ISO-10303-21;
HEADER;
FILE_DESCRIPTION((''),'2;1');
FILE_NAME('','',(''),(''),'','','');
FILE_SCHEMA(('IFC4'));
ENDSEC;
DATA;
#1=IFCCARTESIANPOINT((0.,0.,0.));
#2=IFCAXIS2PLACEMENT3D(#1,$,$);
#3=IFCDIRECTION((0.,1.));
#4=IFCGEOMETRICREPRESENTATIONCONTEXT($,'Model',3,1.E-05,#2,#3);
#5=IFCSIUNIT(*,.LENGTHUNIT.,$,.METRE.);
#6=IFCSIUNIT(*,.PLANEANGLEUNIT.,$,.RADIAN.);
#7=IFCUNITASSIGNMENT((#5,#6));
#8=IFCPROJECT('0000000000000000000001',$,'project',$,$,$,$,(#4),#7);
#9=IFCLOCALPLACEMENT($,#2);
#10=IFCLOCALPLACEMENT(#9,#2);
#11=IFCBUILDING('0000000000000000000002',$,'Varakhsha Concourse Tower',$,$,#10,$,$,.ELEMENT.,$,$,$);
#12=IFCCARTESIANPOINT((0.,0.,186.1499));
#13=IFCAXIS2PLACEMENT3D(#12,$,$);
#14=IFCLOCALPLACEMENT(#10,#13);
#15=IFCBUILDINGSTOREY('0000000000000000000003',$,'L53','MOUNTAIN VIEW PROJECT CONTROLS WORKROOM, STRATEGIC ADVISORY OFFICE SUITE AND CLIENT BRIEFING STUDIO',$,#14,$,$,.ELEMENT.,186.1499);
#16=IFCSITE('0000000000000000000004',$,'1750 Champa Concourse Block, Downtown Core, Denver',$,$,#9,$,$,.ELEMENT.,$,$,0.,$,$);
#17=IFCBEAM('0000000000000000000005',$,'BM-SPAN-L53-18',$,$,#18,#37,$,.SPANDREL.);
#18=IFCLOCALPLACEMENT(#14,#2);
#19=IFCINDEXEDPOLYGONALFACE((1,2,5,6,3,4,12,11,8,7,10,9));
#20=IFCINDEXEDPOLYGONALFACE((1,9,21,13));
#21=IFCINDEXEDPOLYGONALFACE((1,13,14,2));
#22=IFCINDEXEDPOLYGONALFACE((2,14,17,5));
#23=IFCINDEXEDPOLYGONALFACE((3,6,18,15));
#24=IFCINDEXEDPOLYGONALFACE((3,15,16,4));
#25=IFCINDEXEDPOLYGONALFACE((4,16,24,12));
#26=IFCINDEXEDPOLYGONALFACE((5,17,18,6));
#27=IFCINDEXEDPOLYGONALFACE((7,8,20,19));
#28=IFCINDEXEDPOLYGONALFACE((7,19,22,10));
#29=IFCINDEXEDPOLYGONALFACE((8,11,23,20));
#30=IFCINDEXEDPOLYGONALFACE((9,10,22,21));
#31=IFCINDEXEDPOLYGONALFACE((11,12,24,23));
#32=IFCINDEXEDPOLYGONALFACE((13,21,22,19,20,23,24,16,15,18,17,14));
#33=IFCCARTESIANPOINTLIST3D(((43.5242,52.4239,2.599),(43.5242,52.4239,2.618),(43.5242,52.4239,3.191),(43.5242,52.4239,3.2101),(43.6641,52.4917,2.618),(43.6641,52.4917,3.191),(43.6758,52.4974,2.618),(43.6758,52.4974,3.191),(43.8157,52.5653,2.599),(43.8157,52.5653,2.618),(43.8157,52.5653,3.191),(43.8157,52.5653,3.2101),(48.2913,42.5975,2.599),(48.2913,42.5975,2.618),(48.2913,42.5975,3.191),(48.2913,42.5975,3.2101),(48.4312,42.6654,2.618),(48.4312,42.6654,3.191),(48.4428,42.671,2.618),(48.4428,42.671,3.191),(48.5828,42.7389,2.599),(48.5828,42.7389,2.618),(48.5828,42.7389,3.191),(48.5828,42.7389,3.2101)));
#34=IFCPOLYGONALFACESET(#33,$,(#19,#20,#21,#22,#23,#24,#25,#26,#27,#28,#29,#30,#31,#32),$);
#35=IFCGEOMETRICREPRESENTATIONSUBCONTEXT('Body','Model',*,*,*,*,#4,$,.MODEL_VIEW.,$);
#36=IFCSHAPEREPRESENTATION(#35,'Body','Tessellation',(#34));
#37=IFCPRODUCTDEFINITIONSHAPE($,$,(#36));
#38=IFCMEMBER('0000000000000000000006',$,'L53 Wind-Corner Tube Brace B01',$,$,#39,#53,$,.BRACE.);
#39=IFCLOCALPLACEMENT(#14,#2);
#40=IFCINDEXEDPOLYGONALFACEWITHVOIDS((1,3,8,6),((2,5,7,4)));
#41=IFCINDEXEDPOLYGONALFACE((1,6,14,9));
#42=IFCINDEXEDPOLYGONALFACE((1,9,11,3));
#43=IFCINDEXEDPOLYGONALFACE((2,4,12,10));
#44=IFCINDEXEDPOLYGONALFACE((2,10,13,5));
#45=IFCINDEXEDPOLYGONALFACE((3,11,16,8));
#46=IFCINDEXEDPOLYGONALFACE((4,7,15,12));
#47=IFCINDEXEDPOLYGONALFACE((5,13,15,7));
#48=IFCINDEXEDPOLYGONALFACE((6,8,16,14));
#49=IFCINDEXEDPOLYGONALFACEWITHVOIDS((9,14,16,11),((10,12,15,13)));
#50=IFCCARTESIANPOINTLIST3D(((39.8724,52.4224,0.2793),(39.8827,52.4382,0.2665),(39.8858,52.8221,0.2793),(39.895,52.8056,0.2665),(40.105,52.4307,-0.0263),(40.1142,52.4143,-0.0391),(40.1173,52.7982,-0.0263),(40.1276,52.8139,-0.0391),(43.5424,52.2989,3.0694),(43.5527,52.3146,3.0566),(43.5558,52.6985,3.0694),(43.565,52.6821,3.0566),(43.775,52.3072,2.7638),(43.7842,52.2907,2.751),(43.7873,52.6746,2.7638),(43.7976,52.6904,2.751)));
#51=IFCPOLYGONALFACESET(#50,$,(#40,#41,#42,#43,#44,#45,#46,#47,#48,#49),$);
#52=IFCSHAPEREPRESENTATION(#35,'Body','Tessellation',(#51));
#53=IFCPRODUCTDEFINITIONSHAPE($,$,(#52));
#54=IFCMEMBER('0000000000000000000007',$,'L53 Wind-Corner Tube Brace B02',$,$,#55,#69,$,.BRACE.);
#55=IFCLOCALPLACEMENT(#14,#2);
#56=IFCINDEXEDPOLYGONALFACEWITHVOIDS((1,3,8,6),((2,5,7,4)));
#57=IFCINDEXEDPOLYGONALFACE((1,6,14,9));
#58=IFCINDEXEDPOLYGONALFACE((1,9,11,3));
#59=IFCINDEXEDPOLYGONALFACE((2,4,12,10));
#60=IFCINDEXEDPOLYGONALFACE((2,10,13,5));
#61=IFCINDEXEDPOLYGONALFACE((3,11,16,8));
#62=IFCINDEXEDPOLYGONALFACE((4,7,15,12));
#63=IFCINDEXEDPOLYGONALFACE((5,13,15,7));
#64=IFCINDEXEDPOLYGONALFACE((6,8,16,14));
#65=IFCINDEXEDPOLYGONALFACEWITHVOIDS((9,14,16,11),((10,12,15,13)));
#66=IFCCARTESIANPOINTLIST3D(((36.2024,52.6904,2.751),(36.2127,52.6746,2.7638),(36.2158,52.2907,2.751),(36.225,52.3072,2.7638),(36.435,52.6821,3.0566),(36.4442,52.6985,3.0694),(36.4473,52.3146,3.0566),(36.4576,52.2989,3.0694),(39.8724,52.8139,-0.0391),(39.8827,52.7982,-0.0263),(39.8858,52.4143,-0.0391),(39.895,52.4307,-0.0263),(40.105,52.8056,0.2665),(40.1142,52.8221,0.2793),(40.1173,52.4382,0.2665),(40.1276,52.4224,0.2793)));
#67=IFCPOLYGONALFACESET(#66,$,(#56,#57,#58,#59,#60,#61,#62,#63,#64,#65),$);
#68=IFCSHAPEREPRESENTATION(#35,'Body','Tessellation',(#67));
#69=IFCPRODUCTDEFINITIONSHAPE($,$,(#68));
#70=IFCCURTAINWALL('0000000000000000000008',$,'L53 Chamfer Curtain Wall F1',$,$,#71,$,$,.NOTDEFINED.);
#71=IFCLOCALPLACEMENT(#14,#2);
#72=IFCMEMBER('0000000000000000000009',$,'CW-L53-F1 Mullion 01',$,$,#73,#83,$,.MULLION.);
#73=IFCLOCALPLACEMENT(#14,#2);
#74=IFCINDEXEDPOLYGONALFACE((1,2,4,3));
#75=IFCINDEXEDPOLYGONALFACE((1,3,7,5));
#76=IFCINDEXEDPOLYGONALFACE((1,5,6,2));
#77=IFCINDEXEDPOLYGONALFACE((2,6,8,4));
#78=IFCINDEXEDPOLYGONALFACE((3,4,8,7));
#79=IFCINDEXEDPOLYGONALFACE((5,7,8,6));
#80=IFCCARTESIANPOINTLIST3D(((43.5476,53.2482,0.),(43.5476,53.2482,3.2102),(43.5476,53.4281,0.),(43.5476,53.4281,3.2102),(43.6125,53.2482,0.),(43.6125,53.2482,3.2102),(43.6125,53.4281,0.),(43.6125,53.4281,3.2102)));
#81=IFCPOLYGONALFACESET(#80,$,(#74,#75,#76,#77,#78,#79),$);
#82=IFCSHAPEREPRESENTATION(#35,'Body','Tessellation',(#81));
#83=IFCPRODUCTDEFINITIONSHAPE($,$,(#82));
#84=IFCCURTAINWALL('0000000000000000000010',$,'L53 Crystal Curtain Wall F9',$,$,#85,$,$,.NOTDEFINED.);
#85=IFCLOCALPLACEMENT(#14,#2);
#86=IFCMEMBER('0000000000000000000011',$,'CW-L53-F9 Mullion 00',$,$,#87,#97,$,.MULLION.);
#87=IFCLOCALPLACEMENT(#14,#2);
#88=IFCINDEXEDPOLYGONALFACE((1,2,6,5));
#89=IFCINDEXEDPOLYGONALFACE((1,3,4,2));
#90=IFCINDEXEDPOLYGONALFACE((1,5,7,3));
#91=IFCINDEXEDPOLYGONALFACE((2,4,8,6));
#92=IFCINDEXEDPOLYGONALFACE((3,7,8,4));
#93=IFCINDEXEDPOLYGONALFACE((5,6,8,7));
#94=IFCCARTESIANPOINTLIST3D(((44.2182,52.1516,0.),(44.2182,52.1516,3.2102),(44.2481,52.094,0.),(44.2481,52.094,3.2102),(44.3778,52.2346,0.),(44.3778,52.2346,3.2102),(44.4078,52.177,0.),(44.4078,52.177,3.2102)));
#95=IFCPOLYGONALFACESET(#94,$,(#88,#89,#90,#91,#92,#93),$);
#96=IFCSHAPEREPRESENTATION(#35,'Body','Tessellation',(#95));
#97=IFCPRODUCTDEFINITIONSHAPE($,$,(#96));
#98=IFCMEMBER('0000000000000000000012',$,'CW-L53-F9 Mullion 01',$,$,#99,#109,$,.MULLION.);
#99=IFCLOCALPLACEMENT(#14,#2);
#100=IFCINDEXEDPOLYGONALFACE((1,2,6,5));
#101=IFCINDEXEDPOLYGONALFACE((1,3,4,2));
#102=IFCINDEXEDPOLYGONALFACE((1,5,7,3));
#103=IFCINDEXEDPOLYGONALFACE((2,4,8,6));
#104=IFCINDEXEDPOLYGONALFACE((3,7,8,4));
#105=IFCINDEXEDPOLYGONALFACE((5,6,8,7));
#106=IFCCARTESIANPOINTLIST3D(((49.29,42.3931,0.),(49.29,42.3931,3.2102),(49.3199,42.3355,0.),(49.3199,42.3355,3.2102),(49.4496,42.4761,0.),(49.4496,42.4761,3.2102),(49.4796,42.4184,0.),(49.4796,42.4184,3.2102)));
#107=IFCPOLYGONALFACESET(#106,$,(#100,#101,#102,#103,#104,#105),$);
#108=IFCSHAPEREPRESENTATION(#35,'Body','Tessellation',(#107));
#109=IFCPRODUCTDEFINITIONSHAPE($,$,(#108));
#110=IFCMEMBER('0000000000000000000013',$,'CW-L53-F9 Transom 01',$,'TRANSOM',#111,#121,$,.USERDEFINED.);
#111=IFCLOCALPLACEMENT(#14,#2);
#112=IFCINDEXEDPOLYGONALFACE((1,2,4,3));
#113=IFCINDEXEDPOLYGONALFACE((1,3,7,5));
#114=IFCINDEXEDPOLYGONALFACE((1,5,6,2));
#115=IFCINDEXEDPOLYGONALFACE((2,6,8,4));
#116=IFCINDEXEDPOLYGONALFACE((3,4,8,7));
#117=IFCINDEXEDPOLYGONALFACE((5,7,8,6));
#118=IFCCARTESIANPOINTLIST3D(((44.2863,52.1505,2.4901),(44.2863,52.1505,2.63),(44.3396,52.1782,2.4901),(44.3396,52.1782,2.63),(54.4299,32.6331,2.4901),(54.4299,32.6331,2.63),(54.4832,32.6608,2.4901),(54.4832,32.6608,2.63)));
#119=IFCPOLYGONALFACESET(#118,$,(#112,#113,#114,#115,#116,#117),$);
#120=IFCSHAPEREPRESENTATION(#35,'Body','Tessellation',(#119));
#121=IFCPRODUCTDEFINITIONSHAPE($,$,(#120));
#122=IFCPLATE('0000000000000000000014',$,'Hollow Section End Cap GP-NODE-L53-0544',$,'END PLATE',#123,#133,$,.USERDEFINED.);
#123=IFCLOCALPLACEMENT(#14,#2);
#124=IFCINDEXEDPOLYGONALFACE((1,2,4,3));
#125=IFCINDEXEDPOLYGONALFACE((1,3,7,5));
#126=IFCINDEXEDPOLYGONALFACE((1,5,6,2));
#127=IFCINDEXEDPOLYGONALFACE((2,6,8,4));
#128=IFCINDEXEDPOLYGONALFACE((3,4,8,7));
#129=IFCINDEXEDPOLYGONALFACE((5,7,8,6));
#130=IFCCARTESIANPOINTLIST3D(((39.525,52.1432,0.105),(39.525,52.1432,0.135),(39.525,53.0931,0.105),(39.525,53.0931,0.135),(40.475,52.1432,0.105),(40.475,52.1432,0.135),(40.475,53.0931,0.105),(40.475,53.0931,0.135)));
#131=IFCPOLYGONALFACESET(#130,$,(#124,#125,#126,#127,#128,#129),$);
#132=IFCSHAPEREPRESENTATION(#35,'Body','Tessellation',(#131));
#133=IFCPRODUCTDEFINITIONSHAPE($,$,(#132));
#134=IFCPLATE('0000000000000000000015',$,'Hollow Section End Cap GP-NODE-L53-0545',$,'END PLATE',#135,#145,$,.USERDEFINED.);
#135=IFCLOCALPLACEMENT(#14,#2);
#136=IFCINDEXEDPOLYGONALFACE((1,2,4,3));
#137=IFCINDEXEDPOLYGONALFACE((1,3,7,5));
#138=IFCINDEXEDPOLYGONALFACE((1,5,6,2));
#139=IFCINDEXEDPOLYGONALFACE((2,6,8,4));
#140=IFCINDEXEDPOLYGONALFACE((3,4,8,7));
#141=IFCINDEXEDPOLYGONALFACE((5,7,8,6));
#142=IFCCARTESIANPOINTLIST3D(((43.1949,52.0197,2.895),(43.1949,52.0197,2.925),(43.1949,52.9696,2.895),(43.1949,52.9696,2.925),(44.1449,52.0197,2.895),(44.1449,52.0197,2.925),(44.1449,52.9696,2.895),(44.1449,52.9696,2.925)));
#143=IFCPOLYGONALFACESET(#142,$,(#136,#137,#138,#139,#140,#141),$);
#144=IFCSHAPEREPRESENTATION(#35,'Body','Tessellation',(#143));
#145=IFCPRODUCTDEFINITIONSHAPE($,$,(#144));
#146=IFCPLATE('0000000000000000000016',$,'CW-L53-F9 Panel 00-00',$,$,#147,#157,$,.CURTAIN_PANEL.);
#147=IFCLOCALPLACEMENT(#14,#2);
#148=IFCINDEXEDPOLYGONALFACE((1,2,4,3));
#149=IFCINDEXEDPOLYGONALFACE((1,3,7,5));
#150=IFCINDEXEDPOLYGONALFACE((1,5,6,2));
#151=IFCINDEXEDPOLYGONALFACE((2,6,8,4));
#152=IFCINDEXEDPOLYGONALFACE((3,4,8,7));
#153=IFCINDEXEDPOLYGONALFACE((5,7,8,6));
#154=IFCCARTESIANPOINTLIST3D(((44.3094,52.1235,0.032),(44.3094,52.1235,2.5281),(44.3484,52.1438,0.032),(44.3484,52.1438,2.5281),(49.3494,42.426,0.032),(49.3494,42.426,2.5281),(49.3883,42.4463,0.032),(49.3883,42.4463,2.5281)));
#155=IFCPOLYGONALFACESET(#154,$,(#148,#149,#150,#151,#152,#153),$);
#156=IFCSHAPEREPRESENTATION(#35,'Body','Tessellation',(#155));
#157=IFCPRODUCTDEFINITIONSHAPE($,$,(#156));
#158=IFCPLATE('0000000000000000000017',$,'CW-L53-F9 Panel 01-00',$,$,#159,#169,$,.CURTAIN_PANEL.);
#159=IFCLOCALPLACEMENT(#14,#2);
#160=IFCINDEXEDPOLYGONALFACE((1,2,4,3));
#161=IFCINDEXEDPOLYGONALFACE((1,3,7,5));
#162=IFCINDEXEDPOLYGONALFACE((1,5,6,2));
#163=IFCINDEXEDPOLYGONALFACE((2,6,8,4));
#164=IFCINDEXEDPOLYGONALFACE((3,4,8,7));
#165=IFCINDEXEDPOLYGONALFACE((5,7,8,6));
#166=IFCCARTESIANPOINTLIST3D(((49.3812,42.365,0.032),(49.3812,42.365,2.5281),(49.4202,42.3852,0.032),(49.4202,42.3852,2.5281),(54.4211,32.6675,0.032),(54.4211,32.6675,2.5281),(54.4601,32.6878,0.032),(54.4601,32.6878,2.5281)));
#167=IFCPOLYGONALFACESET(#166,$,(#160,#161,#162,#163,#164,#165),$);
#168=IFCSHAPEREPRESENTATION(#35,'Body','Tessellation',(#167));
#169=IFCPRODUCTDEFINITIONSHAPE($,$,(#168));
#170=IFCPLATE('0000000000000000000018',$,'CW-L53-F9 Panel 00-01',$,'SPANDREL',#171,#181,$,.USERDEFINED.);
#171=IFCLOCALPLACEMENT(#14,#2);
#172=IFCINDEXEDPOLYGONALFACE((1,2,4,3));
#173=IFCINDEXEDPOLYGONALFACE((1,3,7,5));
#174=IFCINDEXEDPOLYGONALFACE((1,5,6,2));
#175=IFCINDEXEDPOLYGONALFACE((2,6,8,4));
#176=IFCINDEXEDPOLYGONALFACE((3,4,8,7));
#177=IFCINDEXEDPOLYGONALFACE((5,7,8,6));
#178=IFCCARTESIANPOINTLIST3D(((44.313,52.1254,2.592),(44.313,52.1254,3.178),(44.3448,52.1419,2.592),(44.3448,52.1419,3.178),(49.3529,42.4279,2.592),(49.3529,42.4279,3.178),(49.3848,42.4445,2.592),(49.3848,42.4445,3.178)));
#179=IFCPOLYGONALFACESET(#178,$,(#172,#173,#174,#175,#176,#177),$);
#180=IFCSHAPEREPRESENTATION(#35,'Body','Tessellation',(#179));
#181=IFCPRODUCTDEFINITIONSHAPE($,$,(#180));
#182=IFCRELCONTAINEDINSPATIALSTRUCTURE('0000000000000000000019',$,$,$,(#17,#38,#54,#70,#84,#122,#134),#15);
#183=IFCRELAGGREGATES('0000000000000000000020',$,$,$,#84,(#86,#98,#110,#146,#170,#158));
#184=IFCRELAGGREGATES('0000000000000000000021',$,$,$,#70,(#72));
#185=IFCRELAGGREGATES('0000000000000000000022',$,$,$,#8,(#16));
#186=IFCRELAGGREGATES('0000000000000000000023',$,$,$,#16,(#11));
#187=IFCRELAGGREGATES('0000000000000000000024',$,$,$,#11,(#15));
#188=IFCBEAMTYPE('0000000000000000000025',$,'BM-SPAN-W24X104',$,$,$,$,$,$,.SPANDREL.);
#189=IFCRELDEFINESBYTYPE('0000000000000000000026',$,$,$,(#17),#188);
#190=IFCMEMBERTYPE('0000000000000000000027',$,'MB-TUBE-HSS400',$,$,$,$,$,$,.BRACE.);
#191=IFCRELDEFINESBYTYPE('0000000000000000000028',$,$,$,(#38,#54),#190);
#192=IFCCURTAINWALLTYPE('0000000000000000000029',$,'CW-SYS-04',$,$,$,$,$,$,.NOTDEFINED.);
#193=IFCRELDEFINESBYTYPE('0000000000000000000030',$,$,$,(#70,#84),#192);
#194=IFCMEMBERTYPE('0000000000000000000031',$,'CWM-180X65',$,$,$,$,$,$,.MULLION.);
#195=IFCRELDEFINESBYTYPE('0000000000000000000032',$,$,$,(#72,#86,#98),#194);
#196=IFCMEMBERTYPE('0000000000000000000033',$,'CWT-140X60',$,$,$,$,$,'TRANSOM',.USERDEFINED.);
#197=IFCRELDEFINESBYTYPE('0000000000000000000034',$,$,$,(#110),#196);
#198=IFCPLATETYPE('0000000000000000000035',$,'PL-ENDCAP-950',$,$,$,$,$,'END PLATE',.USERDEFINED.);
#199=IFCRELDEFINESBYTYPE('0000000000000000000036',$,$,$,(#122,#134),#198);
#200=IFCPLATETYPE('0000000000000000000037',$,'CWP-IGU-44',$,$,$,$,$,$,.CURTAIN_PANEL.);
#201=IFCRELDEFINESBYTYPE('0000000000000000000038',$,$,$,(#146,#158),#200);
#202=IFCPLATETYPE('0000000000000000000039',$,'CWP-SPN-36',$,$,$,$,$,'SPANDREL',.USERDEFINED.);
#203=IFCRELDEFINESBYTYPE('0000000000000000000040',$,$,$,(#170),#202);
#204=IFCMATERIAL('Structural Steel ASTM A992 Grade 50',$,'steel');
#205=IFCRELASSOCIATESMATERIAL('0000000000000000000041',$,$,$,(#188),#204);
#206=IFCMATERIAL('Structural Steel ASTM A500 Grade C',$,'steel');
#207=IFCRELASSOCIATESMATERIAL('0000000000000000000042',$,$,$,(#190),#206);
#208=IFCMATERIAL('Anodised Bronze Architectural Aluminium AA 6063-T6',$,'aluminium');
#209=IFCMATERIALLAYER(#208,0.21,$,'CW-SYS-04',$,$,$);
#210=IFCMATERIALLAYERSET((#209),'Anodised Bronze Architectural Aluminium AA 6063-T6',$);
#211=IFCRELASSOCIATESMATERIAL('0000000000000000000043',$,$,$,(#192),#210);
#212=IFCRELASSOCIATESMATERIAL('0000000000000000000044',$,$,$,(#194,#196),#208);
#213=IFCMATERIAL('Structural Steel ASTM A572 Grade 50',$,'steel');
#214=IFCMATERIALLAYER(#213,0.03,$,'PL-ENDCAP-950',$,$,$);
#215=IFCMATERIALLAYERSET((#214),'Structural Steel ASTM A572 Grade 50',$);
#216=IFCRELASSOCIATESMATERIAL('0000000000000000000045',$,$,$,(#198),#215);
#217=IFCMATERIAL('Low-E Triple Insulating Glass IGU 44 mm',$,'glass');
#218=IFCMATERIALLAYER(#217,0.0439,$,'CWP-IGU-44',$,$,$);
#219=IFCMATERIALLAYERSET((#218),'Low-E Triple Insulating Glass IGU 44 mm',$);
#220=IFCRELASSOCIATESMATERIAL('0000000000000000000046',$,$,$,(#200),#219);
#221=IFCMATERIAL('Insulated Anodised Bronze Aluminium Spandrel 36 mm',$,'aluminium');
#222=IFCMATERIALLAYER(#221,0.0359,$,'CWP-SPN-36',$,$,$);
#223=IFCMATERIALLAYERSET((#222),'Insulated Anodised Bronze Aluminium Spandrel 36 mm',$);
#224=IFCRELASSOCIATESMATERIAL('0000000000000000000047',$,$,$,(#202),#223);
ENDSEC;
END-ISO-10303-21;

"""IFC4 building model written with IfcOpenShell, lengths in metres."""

from ifc_helpers import new_model, si_unit, direction, frame, origin, origin_2d, place, context, subcontext, project, spatial, rectangle, hollow_rectangle, i_section, extrude, source, transform, mapped, material, layer, layer_set, material_profile, profile_set, type_object, type_shapes, element, aggregate, save


model = new_model("IFC4")

# Units and contexts
model_context = context("Model", 3, precision=1e-05, world=origin(), true_north=direction((0.0, 1.0)))
body_context = subcontext(model_context, "Body", "Model", "MODEL_VIEW")
ifc_project = project(units=[si_unit("LENGTHUNIT", "METRE"), si_unit("PLANEANGLEUNIT", "RADIAN")], contexts=[model_context])

# Site, building, storey
site_placement = place(None, origin())
site = spatial("IfcSite", under=ifc_project, at=site_placement, Name="1750 Champa Concourse Block, Downtown Core, Denver", CompositionType="ELEMENT", RefElevation=0.0)
building_placement = place(site_placement, origin())
building = spatial("IfcBuilding", under=site, at=building_placement, Name="Varakhsha Concourse Tower", CompositionType="ELEMENT")
storey_placement = place(building_placement, frame((0.0, 0.0, 186.1499)))
storey = spatial("IfcBuildingStorey", under=building, at=storey_placement, Name="L53", Description="MOUNTAIN VIEW PROJECT CONTROLS WORKROOM, STRATEGIC ADVISORY OFFICE SUITE AND CLIENT BRIEFING STUDIO", CompositionType="ELEMENT", Elevation=186.1499)

# Shared definitions
ifc_material_1 = material(Name="Structural Steel ASTM A992 Grade 50", Category="steel")
ifc_material_2 = material(Name="Structural Steel ASTM A572 Grade 50", Category="steel")

# Beam
ifc_material_profile_1 = material_profile(ifc_material_1, i_section(OverallWidth=0.324, OverallDepth=0.6111, WebThickness=0.0129, FlangeThickness=0.019, at=origin_2d()), Name="W24X104")
ifc_profile_set_1 = profile_set([ifc_material_profile_1], Name="Structural Steel ASTM A992 Grade 50")
beam_type_1 = type_object("IfcBeamType", Name="BM-SPAN-W24X104", PredefinedType="SPANDREL", material=ifc_profile_set_1)
beam_1_placement = place(storey_placement, frame((48.437, 42.6682, 2.9045), z_axis=(-0.436479, 0.899715, 0.0), x_axis=(-0.899715, -0.436479, 0.0)))
element("IfcBeam", 1, at=beam_1_placement, inside=storey, type_object=beam_type_1, Name="BM-SPAN-L53-18", PredefinedType="SPANDREL", context=body_context, shape_type="SweptSolid", body=[
    extrude(i_section(OverallWidth=0.324, OverallDepth=0.6111, WebThickness=0.0129, FlangeThickness=0.019, at=origin_2d()), origin(), (0.0, 0.0, 1.0), 10.9216),
])

# Members
ifc_material_3 = material(Name="Structural Steel ASTM A500 Grade C", Category="steel")
ifc_material_profile_2 = material_profile(ifc_material_3, hollow_rectangle(XDim=0.3999, YDim=0.3999, WallThickness=0.0161, at=origin_2d()), Name="HSS 400x400x16")
ifc_profile_set_2 = profile_set([ifc_material_profile_2], Name="Structural Steel ASTM A500 Grade C")
member_type_1 = type_object("IfcMemberType", Name="MB-TUBE-HSS400", PredefinedType="BRACE", material=ifc_profile_set_2)
shared_shape_1 = source(origin(), body_context, "Body", "SweptSolid", [
    extrude(hollow_rectangle(XDim=0.3999, YDim=0.3999, WallThickness=0.0161, at=origin_2d()), origin(), (0.0, 0.0, 1.0), 4.6118),
])
type_shapes(member_type_1, [shared_shape_1])
for number, where, z_axis, x_axis, name in (
    (2, (40.0, 52.6182, 0.1201), (0.795783, -0.026787, 0.60499), (0.033642, 0.999434, 0.0), "L53 Wind-Corner Tube Brace B01"),
    (3, (40.0, 52.6182, 0.1201), (-0.795783, -0.026787, 0.60499), (0.033642, -0.999434, 0.0), "L53 Wind-Corner Tube Brace B02"),
):
    element("IfcMember", number, at=place(storey_placement, frame(where, z_axis=z_axis, x_axis=x_axis)), inside=storey, type_object=member_type_1, Name=name, PredefinedType="BRACE", context=body_context, shape_type="MappedRepresentation", body=[
        mapped(shared_shape_1, transform((0.0, 0.0, 0.0), scale=1.0)),
    ])

# Curtain wall, member
ifc_material_4 = material(Name="Anodised Bronze Architectural Aluminium AA 6063-T6", Category="aluminium")
ifc_layer_1 = layer(ifc_material_4, 0.21, Name="CW-SYS-04")
ifc_layer_set_1 = layer_set([ifc_layer_1], Name="Anodised Bronze Architectural Aluminium AA 6063-T6")
curtain_wall_type = type_object("IfcCurtainWallType", Name="CW-SYS-04", PredefinedType="NOTDEFINED", material=ifc_layer_set_1)
curtain_wall_1_placement = place(storey_placement, origin())
curtain_wall_1 = element("IfcCurtainWall", 4, at=curtain_wall_1_placement, inside=storey, type_object=curtain_wall_type, Name="L53 Chamfer Curtain Wall F1", PredefinedType="NOTDEFINED")
ifc_material_profile_3 = material_profile(ifc_material_4, rectangle(XDim=0.0649, YDim=0.1799, at=origin_2d()), Name="CWM-180X65")
ifc_profile_set_3 = profile_set([ifc_material_profile_3], Name="Anodised Bronze Architectural Aluminium AA 6063-T6")
member_type_2 = type_object("IfcMemberType", Name="CWM-180X65", PredefinedType="MULLION", material=ifc_profile_set_3)
shared_shape_2 = source(origin(), body_context, "Body", "SweptSolid", [
    extrude(rectangle(XDim=0.0649, YDim=0.1799, at=origin_2d()), origin(), (0.0, 0.0, 1.0), 3.2102),
])
type_shapes(member_type_2, [shared_shape_2])
member_1_placement = place(storey_placement, frame((43.5801, 53.3381, 0.0), z_axis=(0.0, 0.0, 1.0), x_axis=(1.0, 0.0, 0.0)))
member_1 = element("IfcMember", 5, at=member_1_placement, type_object=member_type_2, Name="CW-L53-F1 Mullion 01", PredefinedType="MULLION", context=body_context, shape_type="MappedRepresentation", body=[
    mapped(shared_shape_2, transform((0.0, 0.0, 0.0), scale=1.0)),
])

# Curtain wall, members
curtain_wall_2_placement = place(storey_placement, origin())
curtain_wall_2 = element("IfcCurtainWall", 6, at=curtain_wall_2_placement, inside=storey, type_object=curtain_wall_type, Name="L53 Crystal Curtain Wall F9", PredefinedType="NOTDEFINED")
member_2_placement = place(storey_placement, frame((44.313, 52.1643, 0.0), z_axis=(0.0, 0.0, 1.0), x_axis=(0.461156, -0.887319, 0.0)))
member_2 = element("IfcMember", 7, at=member_2_placement, type_object=member_type_2, Name="CW-L53-F9 Mullion 00", PredefinedType="MULLION", context=body_context, shape_type="MappedRepresentation", body=[
    mapped(shared_shape_2, transform((0.0, 0.0, 0.0), scale=1.0)),
])
member_3_placement = place(storey_placement, frame((49.3848, 42.4058, 0.0), z_axis=(0.0, 0.0, 1.0), x_axis=(0.461156, -0.887319, 0.0)))
member_3 = element("IfcMember", 8, at=member_3_placement, type_object=member_type_2, Name="CW-L53-F9 Mullion 01", PredefinedType="MULLION", context=body_context, shape_type="MappedRepresentation", body=[
    mapped(shared_shape_2, transform((0.0, 0.0, 0.0), scale=1.0)),
])
ifc_material_profile_4 = material_profile(ifc_material_4, rectangle(XDim=0.0601, YDim=0.1399, at=origin_2d()), Name="CWT-140X60")
ifc_profile_set_4 = profile_set([ifc_material_profile_4], Name="Anodised Bronze Architectural Aluminium AA 6063-T6")
member_type_3 = type_object("IfcMemberType", Name="CWT-140X60", ElementType="TRANSOM", PredefinedType="USERDEFINED", material=ifc_profile_set_4)
shared_shape_3 = source(origin(), body_context, "Body", "SweptSolid", [
    extrude(rectangle(XDim=0.0601, YDim=0.1399, at=origin_2d()), origin(), (0.0, 0.0, 1.0), 21.9958),
])
type_shapes(member_type_3, [shared_shape_3])
member_4_placement = place(storey_placement, frame((44.313, 52.1643, 2.5601), z_axis=(0.461157, -0.887318, 0.0), x_axis=(0.887318, 0.461157, 0.0)))
member_4 = element("IfcMember", 9, at=member_4_placement, type_object=member_type_3, Name="CW-L53-F9 Transom 01", ObjectType="TRANSOM", PredefinedType="USERDEFINED", context=body_context, shape_type="MappedRepresentation", body=[
    mapped(shared_shape_3, transform((0.0, 0.0, 0.0), scale=1.0)),
])

# Plates
ifc_layer_2 = layer(ifc_material_2, 0.03, Name="PL-ENDCAP-950")
ifc_layer_set_2 = layer_set([ifc_layer_2], Name="Structural Steel ASTM A572 Grade 50")
plate_type_1 = type_object("IfcPlateType", Name="PL-ENDCAP-950", ElementType="END PLATE", PredefinedType="USERDEFINED", material=ifc_layer_set_2)
shared_shape_4 = source(origin(), body_context, "Body", "SweptSolid", [
    extrude(rectangle(XDim=0.95, YDim=0.95, at=origin_2d()), origin(), (0.0, 0.0, 1.0), 0.03),
])
type_shapes(plate_type_1, [shared_shape_4])
for number, where, z_axis, x_axis, name in (
    (10, (40.0, 52.6182, 0.105), (0.0, 0.0, 1.0), (1.0, 0.0, 0.0), "Hollow Section End Cap GP-NODE-L53-0544"),
    (11, (43.6699, 52.4946, 2.895), (0.0, 0.0, 1.0), (1.0, 0.0, 0.0), "Hollow Section End Cap GP-NODE-L53-0545"),
):
    element("IfcPlate", number, at=place(storey_placement, frame(where, z_axis=z_axis, x_axis=x_axis)), inside=storey, type_object=plate_type_1, Name=name, ObjectType="END PLATE", PredefinedType="USERDEFINED", context=body_context, shape_type="MappedRepresentation", body=[
        mapped(shared_shape_4, transform((0.0, 0.0, 0.0), scale=1.0)),
    ])

# Plates
ifc_material_5 = material(Name="Low-E Triple Insulating Glass IGU 44 mm", Category="glass")
ifc_layer_3 = layer(ifc_material_5, 0.0439, Name="CWP-IGU-44")
ifc_layer_set_3 = layer_set([ifc_layer_3], Name="Low-E Triple Insulating Glass IGU 44 mm")
plate_type_2 = type_object("IfcPlateType", Name="CWP-IGU-44", PredefinedType="CURTAIN_PANEL", material=ifc_layer_set_3)
shared_shape_5 = source(origin(), body_context, "Body", "SweptSolid", [
    extrude(rectangle(XDim=10.929, YDim=0.0439, at=origin_2d()), origin(), (0.0, 0.0, 1.0), 2.4961),
])
type_shapes(plate_type_2, [shared_shape_5])
plate_1_placement = place(storey_placement, frame((46.8489, 47.2849, 0.032), z_axis=(0.0, 0.0, 1.0), x_axis=(0.461156, -0.887319, 0.0)))
plate_1 = element("IfcPlate", 12, at=plate_1_placement, type_object=plate_type_2, Name="CW-L53-F9 Panel 00-00", PredefinedType="CURTAIN_PANEL", context=body_context, shape_type="MappedRepresentation", body=[
    mapped(shared_shape_5, transform((0.0, 0.0, 0.0), scale=1.0)),
])
plate_2_placement = place(storey_placement, frame((51.9207, 37.5264, 0.032), z_axis=(0.0, 0.0, 1.0), x_axis=(0.461156, -0.887319, 0.0)))
plate_2 = element("IfcPlate", 13, at=plate_2_placement, type_object=plate_type_2, Name="CW-L53-F9 Panel 01-00", PredefinedType="CURTAIN_PANEL", context=body_context, shape_type="MappedRepresentation", body=[
    mapped(shared_shape_5, transform((0.0, 0.0, 0.0), scale=1.0)),
])
ifc_material_6 = material(Name="Insulated Anodised Bronze Aluminium Spandrel 36 mm", Category="aluminium")
ifc_layer_4 = layer(ifc_material_6, 0.0359, Name="CWP-SPN-36")
ifc_layer_set_4 = layer_set([ifc_layer_4], Name="Insulated Anodised Bronze Aluminium Spandrel 36 mm")
plate_type_3 = type_object("IfcPlateType", Name="CWP-SPN-36", ElementType="SPANDREL", PredefinedType="USERDEFINED", material=ifc_layer_set_4)
shared_shape_6 = source(origin(), body_context, "Body", "SweptSolid", [
    extrude(rectangle(XDim=10.929, YDim=0.0359, at=origin_2d()), origin(), (0.0, 0.0, 1.0), 0.5859),
])
plate_3_placement = place(storey_placement, frame((46.8489, 47.2849, 2.592), z_axis=(0.0, 0.0, 1.0), x_axis=(0.461156, -0.887319, 0.0)))
plate_3 = element("IfcPlate", 14, at=plate_3_placement, type_object=plate_type_3, Name="CW-L53-F9 Panel 00-01", ObjectType="SPANDREL", PredefinedType="USERDEFINED", context=body_context, shape_type="MappedRepresentation", body=[
    mapped(shared_shape_6, transform((0.0, 0.0, 0.0), scale=1.0)),
])
aggregate(curtain_wall_2, [member_2, member_3, member_4, plate_1, plate_3, plate_2])
aggregate(curtain_wall_1, [member_1])

save(model, "model.ifc")
